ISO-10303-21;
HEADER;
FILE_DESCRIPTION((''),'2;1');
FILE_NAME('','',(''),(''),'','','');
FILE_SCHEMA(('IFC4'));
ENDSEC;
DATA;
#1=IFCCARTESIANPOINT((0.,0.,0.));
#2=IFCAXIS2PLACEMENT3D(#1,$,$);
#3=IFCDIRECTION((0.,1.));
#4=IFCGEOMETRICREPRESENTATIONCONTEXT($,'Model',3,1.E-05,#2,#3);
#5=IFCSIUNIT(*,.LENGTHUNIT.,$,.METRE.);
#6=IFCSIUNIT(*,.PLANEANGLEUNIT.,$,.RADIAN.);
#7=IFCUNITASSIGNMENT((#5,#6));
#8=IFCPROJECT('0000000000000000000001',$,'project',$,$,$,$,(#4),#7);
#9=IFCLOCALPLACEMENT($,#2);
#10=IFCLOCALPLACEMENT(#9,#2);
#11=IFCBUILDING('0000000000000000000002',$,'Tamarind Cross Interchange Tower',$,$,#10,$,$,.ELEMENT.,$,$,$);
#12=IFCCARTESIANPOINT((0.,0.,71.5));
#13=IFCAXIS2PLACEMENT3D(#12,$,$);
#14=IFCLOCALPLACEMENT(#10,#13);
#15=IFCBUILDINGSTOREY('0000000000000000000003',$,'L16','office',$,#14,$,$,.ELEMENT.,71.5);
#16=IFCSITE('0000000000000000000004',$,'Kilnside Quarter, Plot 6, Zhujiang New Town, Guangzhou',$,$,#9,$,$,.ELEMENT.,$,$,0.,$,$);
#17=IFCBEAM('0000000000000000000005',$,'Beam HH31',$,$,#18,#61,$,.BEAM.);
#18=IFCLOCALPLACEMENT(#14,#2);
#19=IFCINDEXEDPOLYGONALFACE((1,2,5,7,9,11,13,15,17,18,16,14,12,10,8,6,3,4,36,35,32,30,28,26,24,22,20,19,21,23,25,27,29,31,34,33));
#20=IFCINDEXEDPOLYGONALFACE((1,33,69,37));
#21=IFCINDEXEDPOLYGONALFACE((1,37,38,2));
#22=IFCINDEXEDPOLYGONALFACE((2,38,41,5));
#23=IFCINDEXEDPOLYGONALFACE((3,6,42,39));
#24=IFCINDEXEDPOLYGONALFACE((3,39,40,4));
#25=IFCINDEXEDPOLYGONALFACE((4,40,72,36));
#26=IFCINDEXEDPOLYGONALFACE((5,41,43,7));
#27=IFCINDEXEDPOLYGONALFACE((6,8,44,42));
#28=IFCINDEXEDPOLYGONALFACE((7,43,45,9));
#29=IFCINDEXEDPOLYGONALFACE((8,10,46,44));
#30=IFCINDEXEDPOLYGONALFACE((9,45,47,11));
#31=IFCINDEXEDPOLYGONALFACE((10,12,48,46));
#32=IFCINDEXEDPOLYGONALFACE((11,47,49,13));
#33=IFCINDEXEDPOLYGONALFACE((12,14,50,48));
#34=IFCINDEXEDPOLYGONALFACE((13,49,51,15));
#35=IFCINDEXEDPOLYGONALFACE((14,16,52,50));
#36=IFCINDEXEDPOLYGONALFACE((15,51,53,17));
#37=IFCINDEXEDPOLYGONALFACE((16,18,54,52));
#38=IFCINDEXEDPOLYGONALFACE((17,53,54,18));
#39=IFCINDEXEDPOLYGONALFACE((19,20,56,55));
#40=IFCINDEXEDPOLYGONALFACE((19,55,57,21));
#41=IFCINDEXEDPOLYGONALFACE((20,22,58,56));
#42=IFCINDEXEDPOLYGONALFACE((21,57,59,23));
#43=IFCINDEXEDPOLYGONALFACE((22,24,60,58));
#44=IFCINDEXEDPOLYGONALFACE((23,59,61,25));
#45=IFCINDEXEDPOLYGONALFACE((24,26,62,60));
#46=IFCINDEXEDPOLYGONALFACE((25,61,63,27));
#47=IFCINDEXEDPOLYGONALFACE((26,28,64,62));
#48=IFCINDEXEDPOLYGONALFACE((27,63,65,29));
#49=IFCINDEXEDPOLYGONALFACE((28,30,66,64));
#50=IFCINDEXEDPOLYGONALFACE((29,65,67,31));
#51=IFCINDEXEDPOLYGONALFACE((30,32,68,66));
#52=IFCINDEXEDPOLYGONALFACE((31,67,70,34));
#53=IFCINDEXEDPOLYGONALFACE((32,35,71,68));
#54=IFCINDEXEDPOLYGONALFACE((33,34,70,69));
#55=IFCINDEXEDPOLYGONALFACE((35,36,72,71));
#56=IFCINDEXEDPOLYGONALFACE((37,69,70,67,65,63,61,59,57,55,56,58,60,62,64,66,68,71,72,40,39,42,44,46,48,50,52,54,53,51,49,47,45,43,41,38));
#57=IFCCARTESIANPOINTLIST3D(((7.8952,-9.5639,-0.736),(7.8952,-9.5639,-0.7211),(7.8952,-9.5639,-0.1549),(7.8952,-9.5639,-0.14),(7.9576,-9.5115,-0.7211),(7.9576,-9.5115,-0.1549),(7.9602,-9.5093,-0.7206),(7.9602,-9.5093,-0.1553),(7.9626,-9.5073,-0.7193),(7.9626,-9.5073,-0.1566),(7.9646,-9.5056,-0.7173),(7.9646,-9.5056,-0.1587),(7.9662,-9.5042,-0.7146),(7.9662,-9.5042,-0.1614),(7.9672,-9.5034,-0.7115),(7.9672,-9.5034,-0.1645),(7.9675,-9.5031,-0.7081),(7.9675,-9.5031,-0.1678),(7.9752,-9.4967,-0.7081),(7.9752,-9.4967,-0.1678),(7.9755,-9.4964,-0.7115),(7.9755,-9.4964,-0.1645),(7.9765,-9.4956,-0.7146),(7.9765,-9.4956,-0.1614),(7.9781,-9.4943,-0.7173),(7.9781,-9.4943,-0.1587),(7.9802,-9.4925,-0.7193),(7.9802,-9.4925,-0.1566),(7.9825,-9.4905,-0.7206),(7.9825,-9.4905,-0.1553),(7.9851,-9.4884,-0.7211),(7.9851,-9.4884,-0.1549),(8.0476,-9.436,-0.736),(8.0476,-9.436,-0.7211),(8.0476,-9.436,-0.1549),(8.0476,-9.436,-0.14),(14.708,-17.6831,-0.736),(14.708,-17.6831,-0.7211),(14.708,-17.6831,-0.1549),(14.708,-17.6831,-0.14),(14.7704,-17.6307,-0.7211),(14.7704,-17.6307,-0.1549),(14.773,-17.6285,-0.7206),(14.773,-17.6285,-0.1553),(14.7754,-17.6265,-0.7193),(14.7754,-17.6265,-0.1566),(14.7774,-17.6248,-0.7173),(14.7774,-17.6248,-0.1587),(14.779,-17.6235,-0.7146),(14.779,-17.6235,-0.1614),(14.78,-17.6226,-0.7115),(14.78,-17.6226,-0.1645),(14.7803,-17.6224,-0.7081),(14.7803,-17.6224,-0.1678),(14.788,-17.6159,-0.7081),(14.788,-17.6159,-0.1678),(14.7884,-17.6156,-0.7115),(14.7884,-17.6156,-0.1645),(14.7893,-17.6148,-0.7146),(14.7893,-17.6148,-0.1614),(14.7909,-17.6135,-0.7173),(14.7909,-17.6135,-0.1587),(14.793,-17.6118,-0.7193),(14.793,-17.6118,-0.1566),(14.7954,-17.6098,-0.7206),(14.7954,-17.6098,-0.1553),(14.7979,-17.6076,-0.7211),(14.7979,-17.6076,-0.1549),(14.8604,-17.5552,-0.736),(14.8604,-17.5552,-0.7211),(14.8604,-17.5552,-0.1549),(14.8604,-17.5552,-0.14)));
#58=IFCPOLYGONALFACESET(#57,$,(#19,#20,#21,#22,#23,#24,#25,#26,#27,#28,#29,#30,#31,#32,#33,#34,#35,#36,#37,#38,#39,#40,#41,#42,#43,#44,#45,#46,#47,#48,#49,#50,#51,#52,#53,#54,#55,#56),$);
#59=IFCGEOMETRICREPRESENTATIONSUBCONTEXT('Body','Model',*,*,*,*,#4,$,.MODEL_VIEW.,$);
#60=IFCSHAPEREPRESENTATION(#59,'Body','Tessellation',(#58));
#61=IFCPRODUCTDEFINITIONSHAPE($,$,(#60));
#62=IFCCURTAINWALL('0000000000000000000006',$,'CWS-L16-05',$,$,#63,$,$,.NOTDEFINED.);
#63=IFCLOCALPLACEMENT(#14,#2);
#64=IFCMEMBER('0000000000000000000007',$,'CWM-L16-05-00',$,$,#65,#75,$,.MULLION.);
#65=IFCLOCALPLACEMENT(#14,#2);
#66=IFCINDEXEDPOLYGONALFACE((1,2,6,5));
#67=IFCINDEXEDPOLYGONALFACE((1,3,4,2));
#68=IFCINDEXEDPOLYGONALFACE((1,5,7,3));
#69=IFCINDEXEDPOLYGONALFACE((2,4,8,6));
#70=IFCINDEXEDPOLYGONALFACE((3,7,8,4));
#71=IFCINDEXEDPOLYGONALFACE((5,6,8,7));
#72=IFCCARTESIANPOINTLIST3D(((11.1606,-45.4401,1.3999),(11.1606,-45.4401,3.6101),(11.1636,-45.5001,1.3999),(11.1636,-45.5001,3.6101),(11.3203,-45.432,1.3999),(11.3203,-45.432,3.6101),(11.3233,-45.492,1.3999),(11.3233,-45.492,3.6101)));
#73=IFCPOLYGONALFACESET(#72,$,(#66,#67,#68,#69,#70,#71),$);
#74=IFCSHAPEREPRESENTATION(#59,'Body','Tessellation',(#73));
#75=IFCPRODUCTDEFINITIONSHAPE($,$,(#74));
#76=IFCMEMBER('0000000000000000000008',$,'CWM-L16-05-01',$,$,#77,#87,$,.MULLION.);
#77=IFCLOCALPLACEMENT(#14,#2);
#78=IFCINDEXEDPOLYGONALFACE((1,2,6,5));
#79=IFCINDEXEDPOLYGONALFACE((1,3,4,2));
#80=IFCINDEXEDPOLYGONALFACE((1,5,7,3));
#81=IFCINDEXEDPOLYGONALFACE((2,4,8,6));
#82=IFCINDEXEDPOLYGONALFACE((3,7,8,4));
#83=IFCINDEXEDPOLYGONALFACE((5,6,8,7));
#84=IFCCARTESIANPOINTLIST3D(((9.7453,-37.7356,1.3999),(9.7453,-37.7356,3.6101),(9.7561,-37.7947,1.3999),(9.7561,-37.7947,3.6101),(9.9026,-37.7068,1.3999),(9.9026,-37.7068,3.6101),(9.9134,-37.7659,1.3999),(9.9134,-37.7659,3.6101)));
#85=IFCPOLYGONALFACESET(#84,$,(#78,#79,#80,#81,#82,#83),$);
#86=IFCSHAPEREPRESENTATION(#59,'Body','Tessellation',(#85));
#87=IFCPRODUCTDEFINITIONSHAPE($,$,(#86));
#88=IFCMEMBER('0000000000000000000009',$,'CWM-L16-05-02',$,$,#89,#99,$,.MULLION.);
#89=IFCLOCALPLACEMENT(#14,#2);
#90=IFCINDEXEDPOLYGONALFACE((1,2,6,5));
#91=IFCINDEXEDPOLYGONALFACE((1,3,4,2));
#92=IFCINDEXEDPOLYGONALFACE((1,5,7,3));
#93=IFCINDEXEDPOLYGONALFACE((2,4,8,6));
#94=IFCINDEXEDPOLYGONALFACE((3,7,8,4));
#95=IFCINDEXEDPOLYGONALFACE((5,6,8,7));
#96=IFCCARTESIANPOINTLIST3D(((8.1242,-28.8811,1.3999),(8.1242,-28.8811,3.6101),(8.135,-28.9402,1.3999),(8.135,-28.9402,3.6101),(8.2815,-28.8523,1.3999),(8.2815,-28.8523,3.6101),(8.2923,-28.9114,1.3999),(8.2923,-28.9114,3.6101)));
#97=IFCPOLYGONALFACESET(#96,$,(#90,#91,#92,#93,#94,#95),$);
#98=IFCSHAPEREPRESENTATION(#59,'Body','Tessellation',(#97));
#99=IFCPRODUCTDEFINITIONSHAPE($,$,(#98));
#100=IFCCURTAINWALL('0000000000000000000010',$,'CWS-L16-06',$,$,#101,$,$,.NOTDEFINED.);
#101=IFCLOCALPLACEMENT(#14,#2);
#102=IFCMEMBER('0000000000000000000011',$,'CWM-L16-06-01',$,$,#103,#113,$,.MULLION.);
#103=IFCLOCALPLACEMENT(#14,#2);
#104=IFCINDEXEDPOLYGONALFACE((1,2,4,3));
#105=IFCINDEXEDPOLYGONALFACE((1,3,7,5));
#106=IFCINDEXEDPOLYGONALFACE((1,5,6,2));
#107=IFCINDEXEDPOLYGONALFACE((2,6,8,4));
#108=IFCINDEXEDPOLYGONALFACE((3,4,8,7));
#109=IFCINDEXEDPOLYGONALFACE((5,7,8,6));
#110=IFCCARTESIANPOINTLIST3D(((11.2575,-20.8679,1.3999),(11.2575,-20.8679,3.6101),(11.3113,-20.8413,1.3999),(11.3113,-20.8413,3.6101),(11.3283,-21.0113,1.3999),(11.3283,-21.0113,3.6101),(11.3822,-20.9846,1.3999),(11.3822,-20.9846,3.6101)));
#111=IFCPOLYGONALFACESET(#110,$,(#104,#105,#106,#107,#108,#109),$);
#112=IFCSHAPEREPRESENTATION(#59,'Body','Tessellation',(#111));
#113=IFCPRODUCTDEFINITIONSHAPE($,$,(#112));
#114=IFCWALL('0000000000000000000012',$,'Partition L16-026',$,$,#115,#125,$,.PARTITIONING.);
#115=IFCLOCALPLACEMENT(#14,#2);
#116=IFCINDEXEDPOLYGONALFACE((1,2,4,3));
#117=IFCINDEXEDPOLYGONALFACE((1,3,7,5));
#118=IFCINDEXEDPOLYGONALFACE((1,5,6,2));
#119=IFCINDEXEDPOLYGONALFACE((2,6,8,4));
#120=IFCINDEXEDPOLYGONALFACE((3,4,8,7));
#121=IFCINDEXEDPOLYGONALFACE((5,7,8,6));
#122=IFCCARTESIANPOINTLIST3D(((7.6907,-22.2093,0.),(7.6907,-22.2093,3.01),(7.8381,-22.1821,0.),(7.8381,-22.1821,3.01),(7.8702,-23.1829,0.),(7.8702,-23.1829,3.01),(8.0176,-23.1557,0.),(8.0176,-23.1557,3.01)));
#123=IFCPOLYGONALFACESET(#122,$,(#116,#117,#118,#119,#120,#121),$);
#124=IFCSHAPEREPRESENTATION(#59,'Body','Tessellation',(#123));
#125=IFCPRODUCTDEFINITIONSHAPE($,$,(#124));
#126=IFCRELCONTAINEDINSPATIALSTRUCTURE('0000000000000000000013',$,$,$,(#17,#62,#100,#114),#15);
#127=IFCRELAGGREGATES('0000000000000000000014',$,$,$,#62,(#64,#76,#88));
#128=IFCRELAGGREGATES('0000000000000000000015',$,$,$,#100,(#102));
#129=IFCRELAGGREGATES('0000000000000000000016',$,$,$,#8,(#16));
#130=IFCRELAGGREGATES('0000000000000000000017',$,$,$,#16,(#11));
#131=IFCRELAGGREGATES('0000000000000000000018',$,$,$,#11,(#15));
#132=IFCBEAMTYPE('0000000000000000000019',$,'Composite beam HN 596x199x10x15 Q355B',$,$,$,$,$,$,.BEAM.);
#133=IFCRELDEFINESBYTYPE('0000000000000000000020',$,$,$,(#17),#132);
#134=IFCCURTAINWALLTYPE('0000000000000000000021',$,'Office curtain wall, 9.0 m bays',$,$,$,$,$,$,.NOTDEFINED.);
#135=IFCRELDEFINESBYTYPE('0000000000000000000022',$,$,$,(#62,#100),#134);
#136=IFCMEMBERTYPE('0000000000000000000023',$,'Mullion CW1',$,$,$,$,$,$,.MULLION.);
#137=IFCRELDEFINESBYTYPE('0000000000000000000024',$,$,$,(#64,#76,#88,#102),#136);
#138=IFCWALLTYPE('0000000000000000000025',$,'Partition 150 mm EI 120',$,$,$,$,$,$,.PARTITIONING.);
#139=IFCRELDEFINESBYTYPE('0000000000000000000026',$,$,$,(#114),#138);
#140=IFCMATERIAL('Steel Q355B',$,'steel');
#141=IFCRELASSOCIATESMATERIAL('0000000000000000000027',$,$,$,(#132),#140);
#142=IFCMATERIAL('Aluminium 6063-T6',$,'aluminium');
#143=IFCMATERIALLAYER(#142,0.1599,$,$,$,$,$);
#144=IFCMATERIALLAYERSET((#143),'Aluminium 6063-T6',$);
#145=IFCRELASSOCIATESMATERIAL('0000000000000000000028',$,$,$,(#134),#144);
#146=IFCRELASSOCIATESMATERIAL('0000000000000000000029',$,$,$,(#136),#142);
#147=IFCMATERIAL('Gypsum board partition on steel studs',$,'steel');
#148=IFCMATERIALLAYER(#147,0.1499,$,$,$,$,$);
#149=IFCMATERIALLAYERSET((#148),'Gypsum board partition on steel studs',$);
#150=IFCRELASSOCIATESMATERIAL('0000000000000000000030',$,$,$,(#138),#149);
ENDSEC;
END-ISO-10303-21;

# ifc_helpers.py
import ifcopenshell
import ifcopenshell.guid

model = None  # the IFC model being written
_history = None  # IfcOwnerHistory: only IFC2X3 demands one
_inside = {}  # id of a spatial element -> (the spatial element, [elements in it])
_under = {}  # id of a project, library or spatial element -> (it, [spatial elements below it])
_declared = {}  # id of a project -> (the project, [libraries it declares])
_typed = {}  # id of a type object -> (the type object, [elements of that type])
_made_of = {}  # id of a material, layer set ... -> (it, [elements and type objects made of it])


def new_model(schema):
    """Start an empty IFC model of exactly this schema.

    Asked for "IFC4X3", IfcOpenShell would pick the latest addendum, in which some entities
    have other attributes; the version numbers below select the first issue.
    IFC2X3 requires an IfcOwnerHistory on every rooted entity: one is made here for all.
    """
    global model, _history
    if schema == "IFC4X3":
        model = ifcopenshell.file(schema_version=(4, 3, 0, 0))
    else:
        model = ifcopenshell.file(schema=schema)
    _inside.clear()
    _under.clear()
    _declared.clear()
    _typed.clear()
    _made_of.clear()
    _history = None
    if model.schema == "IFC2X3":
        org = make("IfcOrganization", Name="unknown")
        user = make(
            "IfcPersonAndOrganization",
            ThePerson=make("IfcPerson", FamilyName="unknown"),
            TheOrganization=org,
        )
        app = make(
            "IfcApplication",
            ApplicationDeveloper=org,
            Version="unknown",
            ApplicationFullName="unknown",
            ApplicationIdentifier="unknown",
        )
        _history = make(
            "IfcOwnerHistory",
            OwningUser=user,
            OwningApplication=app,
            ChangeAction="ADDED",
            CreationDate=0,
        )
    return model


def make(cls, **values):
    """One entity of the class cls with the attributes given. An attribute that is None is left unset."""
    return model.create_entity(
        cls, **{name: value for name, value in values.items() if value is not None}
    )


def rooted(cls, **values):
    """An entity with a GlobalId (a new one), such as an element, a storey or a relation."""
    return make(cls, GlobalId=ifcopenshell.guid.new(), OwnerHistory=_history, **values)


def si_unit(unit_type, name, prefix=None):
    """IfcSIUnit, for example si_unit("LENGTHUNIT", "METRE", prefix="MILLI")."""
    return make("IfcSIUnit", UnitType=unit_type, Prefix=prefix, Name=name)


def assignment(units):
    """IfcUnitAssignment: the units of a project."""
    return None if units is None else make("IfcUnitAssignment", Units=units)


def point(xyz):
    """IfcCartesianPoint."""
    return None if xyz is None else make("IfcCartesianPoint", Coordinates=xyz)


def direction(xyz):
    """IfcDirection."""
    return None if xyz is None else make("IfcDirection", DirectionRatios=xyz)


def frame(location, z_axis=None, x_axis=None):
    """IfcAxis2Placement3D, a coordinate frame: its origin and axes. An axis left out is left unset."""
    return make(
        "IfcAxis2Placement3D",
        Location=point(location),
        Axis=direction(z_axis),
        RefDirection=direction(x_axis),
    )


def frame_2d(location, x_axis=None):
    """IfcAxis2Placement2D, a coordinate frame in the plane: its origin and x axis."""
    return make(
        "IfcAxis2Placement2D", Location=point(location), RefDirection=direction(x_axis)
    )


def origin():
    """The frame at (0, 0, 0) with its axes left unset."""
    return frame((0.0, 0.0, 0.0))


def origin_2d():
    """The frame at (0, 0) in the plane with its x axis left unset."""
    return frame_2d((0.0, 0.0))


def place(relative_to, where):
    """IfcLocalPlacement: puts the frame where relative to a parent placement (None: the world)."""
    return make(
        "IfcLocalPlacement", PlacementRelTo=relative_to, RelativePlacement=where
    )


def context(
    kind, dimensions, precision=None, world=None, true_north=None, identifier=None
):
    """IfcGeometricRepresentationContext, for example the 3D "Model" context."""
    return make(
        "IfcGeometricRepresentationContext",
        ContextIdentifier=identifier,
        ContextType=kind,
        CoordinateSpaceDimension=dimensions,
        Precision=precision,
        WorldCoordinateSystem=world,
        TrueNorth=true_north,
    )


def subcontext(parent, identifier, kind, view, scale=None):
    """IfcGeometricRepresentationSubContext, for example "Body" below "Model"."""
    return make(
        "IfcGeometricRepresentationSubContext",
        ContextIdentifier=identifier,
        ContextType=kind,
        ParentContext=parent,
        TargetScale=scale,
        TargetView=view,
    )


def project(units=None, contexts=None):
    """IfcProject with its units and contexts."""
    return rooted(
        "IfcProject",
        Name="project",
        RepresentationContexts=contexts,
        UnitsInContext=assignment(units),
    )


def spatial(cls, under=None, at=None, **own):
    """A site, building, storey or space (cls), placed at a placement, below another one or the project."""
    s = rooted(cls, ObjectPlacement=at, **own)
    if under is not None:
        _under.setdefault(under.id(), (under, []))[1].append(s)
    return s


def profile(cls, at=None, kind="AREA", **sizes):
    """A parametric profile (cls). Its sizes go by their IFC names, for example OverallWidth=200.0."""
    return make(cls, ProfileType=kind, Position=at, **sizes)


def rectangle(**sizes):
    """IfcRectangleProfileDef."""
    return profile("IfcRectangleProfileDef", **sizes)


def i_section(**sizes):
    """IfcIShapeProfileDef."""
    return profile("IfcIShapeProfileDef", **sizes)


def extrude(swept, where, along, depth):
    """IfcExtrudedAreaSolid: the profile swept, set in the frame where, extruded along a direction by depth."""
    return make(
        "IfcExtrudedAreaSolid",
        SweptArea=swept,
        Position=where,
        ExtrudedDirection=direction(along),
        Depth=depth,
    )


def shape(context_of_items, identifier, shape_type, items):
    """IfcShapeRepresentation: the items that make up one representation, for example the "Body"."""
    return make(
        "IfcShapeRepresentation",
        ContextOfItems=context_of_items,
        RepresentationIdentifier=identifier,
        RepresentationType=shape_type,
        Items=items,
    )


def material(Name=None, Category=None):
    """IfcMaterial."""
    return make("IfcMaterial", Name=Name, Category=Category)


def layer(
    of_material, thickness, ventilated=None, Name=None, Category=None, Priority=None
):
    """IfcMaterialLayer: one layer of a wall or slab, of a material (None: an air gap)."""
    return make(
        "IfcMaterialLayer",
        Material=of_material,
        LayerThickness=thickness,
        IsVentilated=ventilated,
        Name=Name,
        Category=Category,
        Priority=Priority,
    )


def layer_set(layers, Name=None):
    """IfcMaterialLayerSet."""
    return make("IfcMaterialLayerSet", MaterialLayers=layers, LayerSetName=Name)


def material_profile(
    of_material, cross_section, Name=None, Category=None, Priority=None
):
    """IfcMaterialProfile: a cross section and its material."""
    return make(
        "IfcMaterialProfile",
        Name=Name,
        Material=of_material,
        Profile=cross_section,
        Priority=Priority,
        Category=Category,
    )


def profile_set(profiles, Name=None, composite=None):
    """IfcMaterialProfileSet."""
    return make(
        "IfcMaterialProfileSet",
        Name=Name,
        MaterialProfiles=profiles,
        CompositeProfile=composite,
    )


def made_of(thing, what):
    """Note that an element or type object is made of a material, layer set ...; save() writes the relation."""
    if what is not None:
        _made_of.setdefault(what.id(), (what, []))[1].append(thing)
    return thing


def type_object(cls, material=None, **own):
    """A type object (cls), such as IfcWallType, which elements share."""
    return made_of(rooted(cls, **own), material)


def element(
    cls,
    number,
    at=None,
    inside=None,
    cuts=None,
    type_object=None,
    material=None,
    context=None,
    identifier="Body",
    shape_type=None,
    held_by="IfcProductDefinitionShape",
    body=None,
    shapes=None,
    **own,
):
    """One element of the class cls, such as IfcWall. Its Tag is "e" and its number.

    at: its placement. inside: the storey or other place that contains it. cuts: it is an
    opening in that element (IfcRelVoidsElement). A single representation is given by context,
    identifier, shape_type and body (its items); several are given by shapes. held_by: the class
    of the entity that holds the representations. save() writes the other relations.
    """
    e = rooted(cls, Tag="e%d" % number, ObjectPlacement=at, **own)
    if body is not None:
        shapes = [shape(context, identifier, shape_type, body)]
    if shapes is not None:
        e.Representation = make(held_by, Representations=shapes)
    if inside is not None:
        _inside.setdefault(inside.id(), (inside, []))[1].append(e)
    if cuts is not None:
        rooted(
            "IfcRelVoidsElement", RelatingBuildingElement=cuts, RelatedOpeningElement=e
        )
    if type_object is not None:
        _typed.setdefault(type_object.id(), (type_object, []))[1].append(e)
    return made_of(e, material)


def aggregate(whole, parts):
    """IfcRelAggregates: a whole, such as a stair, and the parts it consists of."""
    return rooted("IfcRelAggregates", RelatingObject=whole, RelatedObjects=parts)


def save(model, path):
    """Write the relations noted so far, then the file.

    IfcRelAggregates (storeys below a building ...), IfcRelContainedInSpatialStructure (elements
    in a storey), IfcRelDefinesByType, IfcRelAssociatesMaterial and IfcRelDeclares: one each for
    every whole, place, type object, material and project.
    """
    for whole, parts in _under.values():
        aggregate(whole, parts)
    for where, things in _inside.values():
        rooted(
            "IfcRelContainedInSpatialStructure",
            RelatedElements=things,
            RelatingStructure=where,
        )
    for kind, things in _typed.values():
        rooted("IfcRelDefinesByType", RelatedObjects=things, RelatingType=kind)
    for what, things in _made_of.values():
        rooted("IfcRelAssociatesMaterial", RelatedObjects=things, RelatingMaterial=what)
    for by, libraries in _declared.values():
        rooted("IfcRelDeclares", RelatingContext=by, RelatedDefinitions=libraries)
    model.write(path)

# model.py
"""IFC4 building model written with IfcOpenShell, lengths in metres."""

from ifc_helpers import new_model, si_unit, direction, frame, frame_2d, origin, origin_2d, place, context, subcontext, project, spatial, rectangle, i_section, extrude, material, layer, layer_set, material_profile, profile_set, type_object, element, aggregate, save


model = new_model("IFC4")

# Units and contexts
model_context = context("Model", 3, precision=1e-05, world=origin(), true_north=direction((0.0, 1.0)))
body_context = subcontext(model_context, "Body", "Model", "MODEL_VIEW")
ifc_project = project(units=[si_unit("LENGTHUNIT", "METRE"), si_unit("PLANEANGLEUNIT", "RADIAN")], contexts=[model_context])

# Site, building, storey
site_placement = place(None, origin())
site = spatial("IfcSite", under=ifc_project, at=site_placement, Name="Kilnside Quarter, Plot 6, Zhujiang New Town, Guangzhou", CompositionType="ELEMENT", RefElevation=0.0)
building_placement = place(site_placement, origin())
building = spatial("IfcBuilding", under=site, at=building_placement, Name="Tamarind Cross Interchange Tower", CompositionType="ELEMENT")
storey_placement = place(building_placement, frame((0.0, 0.0, 71.5)))
storey = spatial("IfcBuildingStorey", under=building, at=storey_placement, Name="L16", Description="office", CompositionType="ELEMENT", Elevation=71.5)

# Beam
ifc_material_1 = material(Name="Steel Q355B", Category="steel")
ifc_material_profile_1 = material_profile(ifc_material_1, i_section(OverallWidth=0.199, OverallDepth=0.5959, WebThickness=0.01, FlangeThickness=0.0149, FilletRadius=0.0129, at=origin_2d()), Name="HN 596x199x10x15")
ifc_profile_set_1 = profile_set([ifc_material_profile_1], Name="Steel Q355B")
beam_type_1 = type_object("IfcBeamType", Name="Composite beam HN 596x199x10x15 Q355B", PredefinedType="BEAM", material=ifc_profile_set_1)
beam_1_placement = place(storey_placement, frame((14.7842, -17.6191, -0.438), z_axis=(-0.642786, 0.766046, 0.0), x_axis=(-0.766046, -0.642786, 0.0)))
element("IfcBeam", 1, at=beam_1_placement, inside=storey, type_object=beam_type_1, Name="Beam HH31", PredefinedType="BEAM", context=body_context, shape_type="SweptSolid", body=[
    extrude(i_section(OverallWidth=0.199, OverallDepth=0.5959, WebThickness=0.01, FlangeThickness=0.0149, FilletRadius=0.0129, at=origin_2d()), origin(), (0.0, 0.0, 1.0), 10.5989),
])

# Curtain wall, members
ifc_material_2 = material(Name="Aluminium 6063-T6", Category="aluminium")
ifc_layer_1 = layer(ifc_material_2, 0.1599)
ifc_layer_set_1 = layer_set([ifc_layer_1], Name="Aluminium 6063-T6")
curtain_wall_type = type_object("IfcCurtainWallType", Name="Office curtain wall, 9.0 m bays", PredefinedType="NOTDEFINED", material=ifc_layer_set_1)
curtain_wall_1_placement = place(storey_placement, origin())
curtain_wall_1 = element("IfcCurtainWall", 2, at=curtain_wall_1_placement, inside=storey, type_object=curtain_wall_type, Name="CWS-L16-05", PredefinedType="NOTDEFINED")
ifc_material_profile_2 = material_profile(ifc_material_2, rectangle(XDim=0.0601, YDim=0.1599, at=origin_2d()), Name="Mullion CW1")
ifc_profile_set_2 = profile_set([ifc_material_profile_2], Name="Aluminium 6063-T6")
member_type = type_object("IfcMemberType", Name="Mullion CW1", PredefinedType="MULLION", material=ifc_profile_set_2)
member_1_placement = place(storey_placement, frame((11.2419, -45.4661, 1.3999), z_axis=(0.0, 0.0, 1.0), x_axis=(-0.050791, 0.998709, 0.0)))
member_1 = element("IfcMember", 3, at=member_1_placement, type_object=member_type, Name="CWM-L16-05-00", PredefinedType="MULLION", context=body_context, shape_type="SweptSolid", body=[
    extrude(rectangle(XDim=0.0601, YDim=0.1599, at=origin_2d()), origin(), (0.0, 0.0, 1.0), 2.2102),
])
member_2_placement = place(storey_placement, frame((9.8293, -37.7507, 1.3999), z_axis=(0.0, 0.0, 1.0), x_axis=(-0.180086, 0.983651, 0.0)))
member_2 = element("IfcMember", 4, at=member_2_placement, type_object=member_type, Name="CWM-L16-05-01", PredefinedType="MULLION", context=body_context, shape_type="SweptSolid", body=[
    extrude(rectangle(XDim=0.0601, YDim=0.1599, at=origin_2d()), origin(), (0.0, 0.0, 1.0), 2.2102),
])
member_3_placement = place(storey_placement, frame((8.2083, -28.8962, 1.3999), z_axis=(0.0, 0.0, 1.0), x_axis=(-0.180086, 0.983651, 0.0)))
member_3 = element("IfcMember", 5, at=member_3_placement, type_object=member_type, Name="CWM-L16-05-02", PredefinedType="MULLION", context=body_context, shape_type="SweptSolid", body=[
    extrude(rectangle(XDim=0.0601, YDim=0.1599, at=origin_2d()), origin(), (0.0, 0.0, 1.0), 2.2102),
])
aggregate(curtain_wall_1, [member_1, member_2, member_3])

# Curtain wall, member
curtain_wall_2_placement = place(storey_placement, origin())
curtain_wall_2 = element("IfcCurtainWall", 6, at=curtain_wall_2_placement, inside=storey, type_object=curtain_wall_type, Name="CWS-L16-06", PredefinedType="NOTDEFINED")
member_4_placement = place(storey_placement, frame((11.3198, -20.9263, 1.3999), z_axis=(0.0, 0.0, 1.0), x_axis=(0.896493, 0.443059, 0.0)))
member_4 = element("IfcMember", 7, at=member_4_placement, type_object=member_type, Name="CWM-L16-06-01", PredefinedType="MULLION", context=body_context, shape_type="SweptSolid", body=[
    extrude(rectangle(XDim=0.0601, YDim=0.1599, at=origin_2d()), origin(), (0.0, 0.0, 1.0), 2.2102),
])
aggregate(curtain_wall_2, [member_4])

# Wall
ifc_material_3 = material(Name="Gypsum board partition on steel studs", Category="steel")
ifc_layer_2 = layer(ifc_material_3, 0.1499)
ifc_layer_set_2 = layer_set([ifc_layer_2], Name="Gypsum board partition on steel studs")
wall_type = type_object("IfcWallType", Name="Partition 150 mm EI 120", PredefinedType="PARTITIONING", material=ifc_layer_set_2)
wall_placement = place(storey_placement, frame((7.7644, -22.1956, 0.0), z_axis=(0.0, 0.0, 1.0), x_axis=(0.18125, -0.983437, 0.0)))
element("IfcWall", 8, at=wall_placement, inside=storey, type_object=wall_type, Name="Partition L16-026", PredefinedType="PARTITIONING", context=body_context, shape_type="SweptSolid", body=[
    extrude(rectangle(XDim=0.99, YDim=0.1499, at=frame_2d((0.4951, 0.0))), origin(), (0.0, 0.0, 1.0), 3.01),
])

save(model, "model.ifc")
